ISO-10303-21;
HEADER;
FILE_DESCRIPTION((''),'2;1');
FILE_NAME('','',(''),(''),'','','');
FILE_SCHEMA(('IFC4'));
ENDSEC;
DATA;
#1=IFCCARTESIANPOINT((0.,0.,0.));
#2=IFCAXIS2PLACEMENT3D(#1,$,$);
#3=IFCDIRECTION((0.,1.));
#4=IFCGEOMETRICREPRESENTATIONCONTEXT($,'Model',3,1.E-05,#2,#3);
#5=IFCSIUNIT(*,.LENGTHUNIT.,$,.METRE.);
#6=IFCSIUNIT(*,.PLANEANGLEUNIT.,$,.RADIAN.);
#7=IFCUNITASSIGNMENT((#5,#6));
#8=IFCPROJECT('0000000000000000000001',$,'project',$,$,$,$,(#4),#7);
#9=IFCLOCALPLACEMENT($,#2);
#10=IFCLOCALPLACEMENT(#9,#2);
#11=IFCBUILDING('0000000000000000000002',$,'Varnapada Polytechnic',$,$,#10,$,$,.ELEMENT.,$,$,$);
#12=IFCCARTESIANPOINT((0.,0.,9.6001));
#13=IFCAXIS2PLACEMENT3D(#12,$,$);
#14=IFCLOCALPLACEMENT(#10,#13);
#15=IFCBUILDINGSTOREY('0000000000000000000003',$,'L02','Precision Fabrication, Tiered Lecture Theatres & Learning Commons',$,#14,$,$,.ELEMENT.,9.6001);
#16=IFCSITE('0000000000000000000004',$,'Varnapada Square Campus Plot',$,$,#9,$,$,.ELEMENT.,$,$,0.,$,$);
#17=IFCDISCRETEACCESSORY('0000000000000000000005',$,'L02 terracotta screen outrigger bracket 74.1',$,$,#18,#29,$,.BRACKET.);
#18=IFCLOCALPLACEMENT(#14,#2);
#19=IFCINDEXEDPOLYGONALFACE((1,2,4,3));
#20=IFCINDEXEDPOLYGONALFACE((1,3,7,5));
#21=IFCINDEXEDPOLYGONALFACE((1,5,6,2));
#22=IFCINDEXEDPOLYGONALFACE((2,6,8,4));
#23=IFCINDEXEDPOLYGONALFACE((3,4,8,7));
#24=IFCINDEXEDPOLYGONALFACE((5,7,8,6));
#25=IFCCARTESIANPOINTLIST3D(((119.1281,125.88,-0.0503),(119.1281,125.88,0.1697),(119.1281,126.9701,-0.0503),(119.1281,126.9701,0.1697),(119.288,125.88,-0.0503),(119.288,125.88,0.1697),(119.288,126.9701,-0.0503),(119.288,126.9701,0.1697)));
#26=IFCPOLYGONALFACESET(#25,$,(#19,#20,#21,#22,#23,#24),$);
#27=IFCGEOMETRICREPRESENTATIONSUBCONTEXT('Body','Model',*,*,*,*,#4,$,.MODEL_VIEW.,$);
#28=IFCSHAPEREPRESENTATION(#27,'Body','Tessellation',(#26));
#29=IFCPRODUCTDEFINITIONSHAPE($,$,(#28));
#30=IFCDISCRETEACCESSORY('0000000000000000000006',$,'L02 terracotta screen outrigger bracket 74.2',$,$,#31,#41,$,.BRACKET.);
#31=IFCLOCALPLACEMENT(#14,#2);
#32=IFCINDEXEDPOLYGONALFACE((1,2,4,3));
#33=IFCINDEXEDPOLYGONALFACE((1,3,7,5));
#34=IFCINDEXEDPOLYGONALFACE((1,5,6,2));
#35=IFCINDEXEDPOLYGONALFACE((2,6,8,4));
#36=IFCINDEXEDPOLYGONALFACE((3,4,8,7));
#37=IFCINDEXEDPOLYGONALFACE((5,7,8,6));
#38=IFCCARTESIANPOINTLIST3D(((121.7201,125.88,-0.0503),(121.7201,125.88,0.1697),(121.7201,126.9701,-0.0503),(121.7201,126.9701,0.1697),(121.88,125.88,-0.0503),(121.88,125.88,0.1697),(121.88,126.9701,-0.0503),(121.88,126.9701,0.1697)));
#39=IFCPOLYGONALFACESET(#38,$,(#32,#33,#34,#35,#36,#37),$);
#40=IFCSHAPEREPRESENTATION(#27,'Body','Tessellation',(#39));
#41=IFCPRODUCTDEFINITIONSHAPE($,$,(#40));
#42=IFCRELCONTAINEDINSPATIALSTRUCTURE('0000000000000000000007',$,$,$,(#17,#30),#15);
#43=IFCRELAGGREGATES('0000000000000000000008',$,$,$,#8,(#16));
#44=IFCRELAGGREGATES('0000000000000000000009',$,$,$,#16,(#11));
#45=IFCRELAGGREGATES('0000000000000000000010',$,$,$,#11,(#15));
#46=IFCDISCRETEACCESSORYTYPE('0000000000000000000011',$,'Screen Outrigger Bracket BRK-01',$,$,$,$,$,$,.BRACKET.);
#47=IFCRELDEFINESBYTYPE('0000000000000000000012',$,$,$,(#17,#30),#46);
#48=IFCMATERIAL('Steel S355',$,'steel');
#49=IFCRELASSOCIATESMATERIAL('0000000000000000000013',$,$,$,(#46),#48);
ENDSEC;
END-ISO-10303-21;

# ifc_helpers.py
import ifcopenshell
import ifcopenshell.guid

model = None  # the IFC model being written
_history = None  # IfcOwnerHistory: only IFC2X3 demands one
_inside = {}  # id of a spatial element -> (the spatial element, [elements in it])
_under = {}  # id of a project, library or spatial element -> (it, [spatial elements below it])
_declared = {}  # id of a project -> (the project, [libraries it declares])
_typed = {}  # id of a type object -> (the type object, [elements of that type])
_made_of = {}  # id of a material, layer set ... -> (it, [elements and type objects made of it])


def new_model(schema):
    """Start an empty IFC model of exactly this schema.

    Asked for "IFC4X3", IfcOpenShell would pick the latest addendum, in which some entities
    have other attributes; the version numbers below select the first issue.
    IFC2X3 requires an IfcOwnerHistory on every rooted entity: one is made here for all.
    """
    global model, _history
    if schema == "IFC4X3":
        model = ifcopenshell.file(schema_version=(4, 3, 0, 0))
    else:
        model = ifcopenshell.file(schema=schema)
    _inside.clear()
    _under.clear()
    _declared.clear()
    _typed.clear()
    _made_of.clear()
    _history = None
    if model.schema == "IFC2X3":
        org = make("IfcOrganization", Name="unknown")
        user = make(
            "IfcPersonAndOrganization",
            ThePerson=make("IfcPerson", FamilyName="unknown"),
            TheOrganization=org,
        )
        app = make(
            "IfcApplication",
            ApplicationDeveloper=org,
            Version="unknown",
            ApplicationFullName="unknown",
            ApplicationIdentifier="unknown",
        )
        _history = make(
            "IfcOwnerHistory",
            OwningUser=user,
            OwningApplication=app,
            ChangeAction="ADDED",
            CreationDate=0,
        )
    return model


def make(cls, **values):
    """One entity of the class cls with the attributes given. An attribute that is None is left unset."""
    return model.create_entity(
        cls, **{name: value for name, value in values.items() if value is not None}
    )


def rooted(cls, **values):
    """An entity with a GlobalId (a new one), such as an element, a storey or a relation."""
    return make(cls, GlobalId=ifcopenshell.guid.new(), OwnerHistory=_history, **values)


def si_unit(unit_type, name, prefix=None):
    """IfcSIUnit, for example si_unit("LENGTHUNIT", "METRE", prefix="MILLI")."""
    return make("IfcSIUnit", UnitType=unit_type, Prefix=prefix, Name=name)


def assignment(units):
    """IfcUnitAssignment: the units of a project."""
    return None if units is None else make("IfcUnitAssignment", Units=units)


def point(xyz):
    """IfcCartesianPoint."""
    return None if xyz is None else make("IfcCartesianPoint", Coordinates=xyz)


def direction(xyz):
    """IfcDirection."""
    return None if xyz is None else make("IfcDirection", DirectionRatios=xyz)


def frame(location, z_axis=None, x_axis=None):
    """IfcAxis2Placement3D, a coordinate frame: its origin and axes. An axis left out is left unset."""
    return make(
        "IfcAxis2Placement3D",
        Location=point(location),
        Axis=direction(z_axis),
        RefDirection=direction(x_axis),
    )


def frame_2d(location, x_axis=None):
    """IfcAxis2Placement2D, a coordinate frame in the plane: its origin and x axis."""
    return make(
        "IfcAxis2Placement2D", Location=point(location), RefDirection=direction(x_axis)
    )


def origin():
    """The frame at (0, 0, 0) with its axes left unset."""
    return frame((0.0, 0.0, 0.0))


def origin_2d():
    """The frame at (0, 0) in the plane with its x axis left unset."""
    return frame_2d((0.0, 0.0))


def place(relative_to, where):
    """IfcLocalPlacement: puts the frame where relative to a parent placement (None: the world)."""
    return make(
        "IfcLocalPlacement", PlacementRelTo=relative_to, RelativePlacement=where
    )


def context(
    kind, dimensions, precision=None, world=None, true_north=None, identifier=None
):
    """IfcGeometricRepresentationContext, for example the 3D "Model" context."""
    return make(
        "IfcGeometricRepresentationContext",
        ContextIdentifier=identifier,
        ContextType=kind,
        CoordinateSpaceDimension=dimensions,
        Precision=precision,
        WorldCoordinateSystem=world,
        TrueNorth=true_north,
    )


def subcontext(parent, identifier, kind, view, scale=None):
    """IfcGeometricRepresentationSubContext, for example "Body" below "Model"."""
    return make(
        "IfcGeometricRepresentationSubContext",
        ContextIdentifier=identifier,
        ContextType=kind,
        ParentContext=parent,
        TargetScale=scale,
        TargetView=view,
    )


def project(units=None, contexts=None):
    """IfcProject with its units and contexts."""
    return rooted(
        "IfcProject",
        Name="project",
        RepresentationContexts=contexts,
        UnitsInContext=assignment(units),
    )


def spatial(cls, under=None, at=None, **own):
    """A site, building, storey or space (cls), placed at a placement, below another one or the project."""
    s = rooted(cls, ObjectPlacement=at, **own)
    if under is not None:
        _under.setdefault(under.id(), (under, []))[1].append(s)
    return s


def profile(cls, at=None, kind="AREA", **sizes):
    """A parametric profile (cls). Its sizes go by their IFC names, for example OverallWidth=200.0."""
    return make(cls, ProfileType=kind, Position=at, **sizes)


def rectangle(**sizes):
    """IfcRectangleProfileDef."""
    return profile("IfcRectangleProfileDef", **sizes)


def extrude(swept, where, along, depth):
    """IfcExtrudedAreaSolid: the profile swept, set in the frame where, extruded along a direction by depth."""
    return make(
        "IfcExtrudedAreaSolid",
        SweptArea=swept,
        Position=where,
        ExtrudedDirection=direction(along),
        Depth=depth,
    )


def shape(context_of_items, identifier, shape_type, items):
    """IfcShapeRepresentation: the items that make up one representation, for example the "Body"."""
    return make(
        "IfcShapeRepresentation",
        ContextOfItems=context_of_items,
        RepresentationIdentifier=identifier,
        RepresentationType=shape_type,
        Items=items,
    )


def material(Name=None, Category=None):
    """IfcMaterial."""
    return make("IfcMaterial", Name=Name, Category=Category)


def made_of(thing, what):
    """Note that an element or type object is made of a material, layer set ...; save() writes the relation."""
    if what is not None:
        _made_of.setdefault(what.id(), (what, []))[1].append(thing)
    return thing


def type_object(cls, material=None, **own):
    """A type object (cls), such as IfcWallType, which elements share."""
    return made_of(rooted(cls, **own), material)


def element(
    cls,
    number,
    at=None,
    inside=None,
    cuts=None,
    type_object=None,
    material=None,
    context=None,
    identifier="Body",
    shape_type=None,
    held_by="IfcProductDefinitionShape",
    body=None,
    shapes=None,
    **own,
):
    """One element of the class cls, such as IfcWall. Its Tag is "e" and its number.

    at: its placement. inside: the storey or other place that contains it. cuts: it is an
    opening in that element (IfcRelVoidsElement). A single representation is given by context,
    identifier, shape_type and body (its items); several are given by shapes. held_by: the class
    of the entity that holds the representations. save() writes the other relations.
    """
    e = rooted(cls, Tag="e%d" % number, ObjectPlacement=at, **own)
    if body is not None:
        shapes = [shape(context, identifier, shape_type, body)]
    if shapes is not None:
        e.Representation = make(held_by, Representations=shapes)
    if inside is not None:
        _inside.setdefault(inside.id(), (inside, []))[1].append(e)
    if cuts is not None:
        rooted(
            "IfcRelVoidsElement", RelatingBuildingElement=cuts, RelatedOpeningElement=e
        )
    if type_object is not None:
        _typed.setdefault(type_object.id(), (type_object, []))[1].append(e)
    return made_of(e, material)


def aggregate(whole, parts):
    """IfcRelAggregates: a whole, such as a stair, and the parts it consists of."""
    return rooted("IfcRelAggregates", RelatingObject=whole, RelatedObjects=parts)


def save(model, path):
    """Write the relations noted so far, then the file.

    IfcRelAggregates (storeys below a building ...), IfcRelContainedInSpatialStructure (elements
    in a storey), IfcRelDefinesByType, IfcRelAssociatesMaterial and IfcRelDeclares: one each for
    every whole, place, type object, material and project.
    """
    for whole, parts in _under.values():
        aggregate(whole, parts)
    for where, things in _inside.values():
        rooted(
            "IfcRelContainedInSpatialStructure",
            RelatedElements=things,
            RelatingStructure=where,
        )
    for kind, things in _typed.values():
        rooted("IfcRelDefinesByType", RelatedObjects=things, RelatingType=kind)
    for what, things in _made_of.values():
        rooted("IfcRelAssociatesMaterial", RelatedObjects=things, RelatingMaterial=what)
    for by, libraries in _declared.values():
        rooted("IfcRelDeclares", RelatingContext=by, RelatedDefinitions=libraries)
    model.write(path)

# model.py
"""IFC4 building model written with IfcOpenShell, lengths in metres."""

from ifc_helpers import new_model, si_unit, direction, frame, origin, origin_2d, place, context, subcontext, project, spatial, rectangle, extrude, material, type_object, element, save


model = new_model("IFC4")

# Units and contexts
model_context = context("Model", 3, precision=1e-05, world=origin(), true_north=direction((0.0, 1.0)))
body_context = subcontext(model_context, "Body", "Model", "MODEL_VIEW")
ifc_project = project(units=[si_unit("LENGTHUNIT", "METRE"), si_unit("PLANEANGLEUNIT", "RADIAN")], contexts=[model_context])

# Site, building, storey
site_placement = place(None, origin())
site = spatial("IfcSite", under=ifc_project, at=site_placement, Name="Varnapada Square Campus Plot", CompositionType="ELEMENT", RefElevation=0.0)
building_placement = place(site_placement, origin())
building = spatial("IfcBuilding", under=site, at=building_placement, Name="Varnapada Polytechnic", CompositionType="ELEMENT")
storey_placement = place(building_placement, frame((0.0, 0.0, 9.6001)))
storey = spatial("IfcBuildingStorey", under=building, at=storey_placement, Name="L02", Description="Precision Fabrication, Tiered Lecture Theatres & Learning Commons", CompositionType="ELEMENT", Elevation=9.6001)

# Discrete accessories
ifc_material_1 = material(Name="Steel S355", Category="steel")
discrete_accessory_type = type_object("IfcDiscreteAccessoryType", Name="Screen Outrigger Bracket BRK-01", PredefinedType="BRACKET", material=ifc_material_1)
for number, where, z_axis, x_axis, name in (
    (1, (119.208, 126.425, -0.0503), (0.0, 0.0, 1.0), (1.0, 0.0, 0.0), "L02 terracotta screen outrigger bracket 74.1"),
    (2, (121.8, 126.425, -0.0503), (0.0, 0.0, 1.0), (1.0, 0.0, 0.0), "L02 terracotta screen outrigger bracket 74.2"),
):
    element("IfcDiscreteAccessory", number, at=place(storey_placement, frame(where, z_axis=z_axis, x_axis=x_axis)), inside=storey, type_object=discrete_accessory_type, Name=name, PredefinedType="BRACKET", context=body_context, shape_type="SweptSolid", body=[
        extrude(rectangle(XDim=0.1599, YDim=1.0901, at=origin_2d()), origin(), (0.0, 0.0, 1.0), 0.22),
    ])

save(model, "model.ifc")
